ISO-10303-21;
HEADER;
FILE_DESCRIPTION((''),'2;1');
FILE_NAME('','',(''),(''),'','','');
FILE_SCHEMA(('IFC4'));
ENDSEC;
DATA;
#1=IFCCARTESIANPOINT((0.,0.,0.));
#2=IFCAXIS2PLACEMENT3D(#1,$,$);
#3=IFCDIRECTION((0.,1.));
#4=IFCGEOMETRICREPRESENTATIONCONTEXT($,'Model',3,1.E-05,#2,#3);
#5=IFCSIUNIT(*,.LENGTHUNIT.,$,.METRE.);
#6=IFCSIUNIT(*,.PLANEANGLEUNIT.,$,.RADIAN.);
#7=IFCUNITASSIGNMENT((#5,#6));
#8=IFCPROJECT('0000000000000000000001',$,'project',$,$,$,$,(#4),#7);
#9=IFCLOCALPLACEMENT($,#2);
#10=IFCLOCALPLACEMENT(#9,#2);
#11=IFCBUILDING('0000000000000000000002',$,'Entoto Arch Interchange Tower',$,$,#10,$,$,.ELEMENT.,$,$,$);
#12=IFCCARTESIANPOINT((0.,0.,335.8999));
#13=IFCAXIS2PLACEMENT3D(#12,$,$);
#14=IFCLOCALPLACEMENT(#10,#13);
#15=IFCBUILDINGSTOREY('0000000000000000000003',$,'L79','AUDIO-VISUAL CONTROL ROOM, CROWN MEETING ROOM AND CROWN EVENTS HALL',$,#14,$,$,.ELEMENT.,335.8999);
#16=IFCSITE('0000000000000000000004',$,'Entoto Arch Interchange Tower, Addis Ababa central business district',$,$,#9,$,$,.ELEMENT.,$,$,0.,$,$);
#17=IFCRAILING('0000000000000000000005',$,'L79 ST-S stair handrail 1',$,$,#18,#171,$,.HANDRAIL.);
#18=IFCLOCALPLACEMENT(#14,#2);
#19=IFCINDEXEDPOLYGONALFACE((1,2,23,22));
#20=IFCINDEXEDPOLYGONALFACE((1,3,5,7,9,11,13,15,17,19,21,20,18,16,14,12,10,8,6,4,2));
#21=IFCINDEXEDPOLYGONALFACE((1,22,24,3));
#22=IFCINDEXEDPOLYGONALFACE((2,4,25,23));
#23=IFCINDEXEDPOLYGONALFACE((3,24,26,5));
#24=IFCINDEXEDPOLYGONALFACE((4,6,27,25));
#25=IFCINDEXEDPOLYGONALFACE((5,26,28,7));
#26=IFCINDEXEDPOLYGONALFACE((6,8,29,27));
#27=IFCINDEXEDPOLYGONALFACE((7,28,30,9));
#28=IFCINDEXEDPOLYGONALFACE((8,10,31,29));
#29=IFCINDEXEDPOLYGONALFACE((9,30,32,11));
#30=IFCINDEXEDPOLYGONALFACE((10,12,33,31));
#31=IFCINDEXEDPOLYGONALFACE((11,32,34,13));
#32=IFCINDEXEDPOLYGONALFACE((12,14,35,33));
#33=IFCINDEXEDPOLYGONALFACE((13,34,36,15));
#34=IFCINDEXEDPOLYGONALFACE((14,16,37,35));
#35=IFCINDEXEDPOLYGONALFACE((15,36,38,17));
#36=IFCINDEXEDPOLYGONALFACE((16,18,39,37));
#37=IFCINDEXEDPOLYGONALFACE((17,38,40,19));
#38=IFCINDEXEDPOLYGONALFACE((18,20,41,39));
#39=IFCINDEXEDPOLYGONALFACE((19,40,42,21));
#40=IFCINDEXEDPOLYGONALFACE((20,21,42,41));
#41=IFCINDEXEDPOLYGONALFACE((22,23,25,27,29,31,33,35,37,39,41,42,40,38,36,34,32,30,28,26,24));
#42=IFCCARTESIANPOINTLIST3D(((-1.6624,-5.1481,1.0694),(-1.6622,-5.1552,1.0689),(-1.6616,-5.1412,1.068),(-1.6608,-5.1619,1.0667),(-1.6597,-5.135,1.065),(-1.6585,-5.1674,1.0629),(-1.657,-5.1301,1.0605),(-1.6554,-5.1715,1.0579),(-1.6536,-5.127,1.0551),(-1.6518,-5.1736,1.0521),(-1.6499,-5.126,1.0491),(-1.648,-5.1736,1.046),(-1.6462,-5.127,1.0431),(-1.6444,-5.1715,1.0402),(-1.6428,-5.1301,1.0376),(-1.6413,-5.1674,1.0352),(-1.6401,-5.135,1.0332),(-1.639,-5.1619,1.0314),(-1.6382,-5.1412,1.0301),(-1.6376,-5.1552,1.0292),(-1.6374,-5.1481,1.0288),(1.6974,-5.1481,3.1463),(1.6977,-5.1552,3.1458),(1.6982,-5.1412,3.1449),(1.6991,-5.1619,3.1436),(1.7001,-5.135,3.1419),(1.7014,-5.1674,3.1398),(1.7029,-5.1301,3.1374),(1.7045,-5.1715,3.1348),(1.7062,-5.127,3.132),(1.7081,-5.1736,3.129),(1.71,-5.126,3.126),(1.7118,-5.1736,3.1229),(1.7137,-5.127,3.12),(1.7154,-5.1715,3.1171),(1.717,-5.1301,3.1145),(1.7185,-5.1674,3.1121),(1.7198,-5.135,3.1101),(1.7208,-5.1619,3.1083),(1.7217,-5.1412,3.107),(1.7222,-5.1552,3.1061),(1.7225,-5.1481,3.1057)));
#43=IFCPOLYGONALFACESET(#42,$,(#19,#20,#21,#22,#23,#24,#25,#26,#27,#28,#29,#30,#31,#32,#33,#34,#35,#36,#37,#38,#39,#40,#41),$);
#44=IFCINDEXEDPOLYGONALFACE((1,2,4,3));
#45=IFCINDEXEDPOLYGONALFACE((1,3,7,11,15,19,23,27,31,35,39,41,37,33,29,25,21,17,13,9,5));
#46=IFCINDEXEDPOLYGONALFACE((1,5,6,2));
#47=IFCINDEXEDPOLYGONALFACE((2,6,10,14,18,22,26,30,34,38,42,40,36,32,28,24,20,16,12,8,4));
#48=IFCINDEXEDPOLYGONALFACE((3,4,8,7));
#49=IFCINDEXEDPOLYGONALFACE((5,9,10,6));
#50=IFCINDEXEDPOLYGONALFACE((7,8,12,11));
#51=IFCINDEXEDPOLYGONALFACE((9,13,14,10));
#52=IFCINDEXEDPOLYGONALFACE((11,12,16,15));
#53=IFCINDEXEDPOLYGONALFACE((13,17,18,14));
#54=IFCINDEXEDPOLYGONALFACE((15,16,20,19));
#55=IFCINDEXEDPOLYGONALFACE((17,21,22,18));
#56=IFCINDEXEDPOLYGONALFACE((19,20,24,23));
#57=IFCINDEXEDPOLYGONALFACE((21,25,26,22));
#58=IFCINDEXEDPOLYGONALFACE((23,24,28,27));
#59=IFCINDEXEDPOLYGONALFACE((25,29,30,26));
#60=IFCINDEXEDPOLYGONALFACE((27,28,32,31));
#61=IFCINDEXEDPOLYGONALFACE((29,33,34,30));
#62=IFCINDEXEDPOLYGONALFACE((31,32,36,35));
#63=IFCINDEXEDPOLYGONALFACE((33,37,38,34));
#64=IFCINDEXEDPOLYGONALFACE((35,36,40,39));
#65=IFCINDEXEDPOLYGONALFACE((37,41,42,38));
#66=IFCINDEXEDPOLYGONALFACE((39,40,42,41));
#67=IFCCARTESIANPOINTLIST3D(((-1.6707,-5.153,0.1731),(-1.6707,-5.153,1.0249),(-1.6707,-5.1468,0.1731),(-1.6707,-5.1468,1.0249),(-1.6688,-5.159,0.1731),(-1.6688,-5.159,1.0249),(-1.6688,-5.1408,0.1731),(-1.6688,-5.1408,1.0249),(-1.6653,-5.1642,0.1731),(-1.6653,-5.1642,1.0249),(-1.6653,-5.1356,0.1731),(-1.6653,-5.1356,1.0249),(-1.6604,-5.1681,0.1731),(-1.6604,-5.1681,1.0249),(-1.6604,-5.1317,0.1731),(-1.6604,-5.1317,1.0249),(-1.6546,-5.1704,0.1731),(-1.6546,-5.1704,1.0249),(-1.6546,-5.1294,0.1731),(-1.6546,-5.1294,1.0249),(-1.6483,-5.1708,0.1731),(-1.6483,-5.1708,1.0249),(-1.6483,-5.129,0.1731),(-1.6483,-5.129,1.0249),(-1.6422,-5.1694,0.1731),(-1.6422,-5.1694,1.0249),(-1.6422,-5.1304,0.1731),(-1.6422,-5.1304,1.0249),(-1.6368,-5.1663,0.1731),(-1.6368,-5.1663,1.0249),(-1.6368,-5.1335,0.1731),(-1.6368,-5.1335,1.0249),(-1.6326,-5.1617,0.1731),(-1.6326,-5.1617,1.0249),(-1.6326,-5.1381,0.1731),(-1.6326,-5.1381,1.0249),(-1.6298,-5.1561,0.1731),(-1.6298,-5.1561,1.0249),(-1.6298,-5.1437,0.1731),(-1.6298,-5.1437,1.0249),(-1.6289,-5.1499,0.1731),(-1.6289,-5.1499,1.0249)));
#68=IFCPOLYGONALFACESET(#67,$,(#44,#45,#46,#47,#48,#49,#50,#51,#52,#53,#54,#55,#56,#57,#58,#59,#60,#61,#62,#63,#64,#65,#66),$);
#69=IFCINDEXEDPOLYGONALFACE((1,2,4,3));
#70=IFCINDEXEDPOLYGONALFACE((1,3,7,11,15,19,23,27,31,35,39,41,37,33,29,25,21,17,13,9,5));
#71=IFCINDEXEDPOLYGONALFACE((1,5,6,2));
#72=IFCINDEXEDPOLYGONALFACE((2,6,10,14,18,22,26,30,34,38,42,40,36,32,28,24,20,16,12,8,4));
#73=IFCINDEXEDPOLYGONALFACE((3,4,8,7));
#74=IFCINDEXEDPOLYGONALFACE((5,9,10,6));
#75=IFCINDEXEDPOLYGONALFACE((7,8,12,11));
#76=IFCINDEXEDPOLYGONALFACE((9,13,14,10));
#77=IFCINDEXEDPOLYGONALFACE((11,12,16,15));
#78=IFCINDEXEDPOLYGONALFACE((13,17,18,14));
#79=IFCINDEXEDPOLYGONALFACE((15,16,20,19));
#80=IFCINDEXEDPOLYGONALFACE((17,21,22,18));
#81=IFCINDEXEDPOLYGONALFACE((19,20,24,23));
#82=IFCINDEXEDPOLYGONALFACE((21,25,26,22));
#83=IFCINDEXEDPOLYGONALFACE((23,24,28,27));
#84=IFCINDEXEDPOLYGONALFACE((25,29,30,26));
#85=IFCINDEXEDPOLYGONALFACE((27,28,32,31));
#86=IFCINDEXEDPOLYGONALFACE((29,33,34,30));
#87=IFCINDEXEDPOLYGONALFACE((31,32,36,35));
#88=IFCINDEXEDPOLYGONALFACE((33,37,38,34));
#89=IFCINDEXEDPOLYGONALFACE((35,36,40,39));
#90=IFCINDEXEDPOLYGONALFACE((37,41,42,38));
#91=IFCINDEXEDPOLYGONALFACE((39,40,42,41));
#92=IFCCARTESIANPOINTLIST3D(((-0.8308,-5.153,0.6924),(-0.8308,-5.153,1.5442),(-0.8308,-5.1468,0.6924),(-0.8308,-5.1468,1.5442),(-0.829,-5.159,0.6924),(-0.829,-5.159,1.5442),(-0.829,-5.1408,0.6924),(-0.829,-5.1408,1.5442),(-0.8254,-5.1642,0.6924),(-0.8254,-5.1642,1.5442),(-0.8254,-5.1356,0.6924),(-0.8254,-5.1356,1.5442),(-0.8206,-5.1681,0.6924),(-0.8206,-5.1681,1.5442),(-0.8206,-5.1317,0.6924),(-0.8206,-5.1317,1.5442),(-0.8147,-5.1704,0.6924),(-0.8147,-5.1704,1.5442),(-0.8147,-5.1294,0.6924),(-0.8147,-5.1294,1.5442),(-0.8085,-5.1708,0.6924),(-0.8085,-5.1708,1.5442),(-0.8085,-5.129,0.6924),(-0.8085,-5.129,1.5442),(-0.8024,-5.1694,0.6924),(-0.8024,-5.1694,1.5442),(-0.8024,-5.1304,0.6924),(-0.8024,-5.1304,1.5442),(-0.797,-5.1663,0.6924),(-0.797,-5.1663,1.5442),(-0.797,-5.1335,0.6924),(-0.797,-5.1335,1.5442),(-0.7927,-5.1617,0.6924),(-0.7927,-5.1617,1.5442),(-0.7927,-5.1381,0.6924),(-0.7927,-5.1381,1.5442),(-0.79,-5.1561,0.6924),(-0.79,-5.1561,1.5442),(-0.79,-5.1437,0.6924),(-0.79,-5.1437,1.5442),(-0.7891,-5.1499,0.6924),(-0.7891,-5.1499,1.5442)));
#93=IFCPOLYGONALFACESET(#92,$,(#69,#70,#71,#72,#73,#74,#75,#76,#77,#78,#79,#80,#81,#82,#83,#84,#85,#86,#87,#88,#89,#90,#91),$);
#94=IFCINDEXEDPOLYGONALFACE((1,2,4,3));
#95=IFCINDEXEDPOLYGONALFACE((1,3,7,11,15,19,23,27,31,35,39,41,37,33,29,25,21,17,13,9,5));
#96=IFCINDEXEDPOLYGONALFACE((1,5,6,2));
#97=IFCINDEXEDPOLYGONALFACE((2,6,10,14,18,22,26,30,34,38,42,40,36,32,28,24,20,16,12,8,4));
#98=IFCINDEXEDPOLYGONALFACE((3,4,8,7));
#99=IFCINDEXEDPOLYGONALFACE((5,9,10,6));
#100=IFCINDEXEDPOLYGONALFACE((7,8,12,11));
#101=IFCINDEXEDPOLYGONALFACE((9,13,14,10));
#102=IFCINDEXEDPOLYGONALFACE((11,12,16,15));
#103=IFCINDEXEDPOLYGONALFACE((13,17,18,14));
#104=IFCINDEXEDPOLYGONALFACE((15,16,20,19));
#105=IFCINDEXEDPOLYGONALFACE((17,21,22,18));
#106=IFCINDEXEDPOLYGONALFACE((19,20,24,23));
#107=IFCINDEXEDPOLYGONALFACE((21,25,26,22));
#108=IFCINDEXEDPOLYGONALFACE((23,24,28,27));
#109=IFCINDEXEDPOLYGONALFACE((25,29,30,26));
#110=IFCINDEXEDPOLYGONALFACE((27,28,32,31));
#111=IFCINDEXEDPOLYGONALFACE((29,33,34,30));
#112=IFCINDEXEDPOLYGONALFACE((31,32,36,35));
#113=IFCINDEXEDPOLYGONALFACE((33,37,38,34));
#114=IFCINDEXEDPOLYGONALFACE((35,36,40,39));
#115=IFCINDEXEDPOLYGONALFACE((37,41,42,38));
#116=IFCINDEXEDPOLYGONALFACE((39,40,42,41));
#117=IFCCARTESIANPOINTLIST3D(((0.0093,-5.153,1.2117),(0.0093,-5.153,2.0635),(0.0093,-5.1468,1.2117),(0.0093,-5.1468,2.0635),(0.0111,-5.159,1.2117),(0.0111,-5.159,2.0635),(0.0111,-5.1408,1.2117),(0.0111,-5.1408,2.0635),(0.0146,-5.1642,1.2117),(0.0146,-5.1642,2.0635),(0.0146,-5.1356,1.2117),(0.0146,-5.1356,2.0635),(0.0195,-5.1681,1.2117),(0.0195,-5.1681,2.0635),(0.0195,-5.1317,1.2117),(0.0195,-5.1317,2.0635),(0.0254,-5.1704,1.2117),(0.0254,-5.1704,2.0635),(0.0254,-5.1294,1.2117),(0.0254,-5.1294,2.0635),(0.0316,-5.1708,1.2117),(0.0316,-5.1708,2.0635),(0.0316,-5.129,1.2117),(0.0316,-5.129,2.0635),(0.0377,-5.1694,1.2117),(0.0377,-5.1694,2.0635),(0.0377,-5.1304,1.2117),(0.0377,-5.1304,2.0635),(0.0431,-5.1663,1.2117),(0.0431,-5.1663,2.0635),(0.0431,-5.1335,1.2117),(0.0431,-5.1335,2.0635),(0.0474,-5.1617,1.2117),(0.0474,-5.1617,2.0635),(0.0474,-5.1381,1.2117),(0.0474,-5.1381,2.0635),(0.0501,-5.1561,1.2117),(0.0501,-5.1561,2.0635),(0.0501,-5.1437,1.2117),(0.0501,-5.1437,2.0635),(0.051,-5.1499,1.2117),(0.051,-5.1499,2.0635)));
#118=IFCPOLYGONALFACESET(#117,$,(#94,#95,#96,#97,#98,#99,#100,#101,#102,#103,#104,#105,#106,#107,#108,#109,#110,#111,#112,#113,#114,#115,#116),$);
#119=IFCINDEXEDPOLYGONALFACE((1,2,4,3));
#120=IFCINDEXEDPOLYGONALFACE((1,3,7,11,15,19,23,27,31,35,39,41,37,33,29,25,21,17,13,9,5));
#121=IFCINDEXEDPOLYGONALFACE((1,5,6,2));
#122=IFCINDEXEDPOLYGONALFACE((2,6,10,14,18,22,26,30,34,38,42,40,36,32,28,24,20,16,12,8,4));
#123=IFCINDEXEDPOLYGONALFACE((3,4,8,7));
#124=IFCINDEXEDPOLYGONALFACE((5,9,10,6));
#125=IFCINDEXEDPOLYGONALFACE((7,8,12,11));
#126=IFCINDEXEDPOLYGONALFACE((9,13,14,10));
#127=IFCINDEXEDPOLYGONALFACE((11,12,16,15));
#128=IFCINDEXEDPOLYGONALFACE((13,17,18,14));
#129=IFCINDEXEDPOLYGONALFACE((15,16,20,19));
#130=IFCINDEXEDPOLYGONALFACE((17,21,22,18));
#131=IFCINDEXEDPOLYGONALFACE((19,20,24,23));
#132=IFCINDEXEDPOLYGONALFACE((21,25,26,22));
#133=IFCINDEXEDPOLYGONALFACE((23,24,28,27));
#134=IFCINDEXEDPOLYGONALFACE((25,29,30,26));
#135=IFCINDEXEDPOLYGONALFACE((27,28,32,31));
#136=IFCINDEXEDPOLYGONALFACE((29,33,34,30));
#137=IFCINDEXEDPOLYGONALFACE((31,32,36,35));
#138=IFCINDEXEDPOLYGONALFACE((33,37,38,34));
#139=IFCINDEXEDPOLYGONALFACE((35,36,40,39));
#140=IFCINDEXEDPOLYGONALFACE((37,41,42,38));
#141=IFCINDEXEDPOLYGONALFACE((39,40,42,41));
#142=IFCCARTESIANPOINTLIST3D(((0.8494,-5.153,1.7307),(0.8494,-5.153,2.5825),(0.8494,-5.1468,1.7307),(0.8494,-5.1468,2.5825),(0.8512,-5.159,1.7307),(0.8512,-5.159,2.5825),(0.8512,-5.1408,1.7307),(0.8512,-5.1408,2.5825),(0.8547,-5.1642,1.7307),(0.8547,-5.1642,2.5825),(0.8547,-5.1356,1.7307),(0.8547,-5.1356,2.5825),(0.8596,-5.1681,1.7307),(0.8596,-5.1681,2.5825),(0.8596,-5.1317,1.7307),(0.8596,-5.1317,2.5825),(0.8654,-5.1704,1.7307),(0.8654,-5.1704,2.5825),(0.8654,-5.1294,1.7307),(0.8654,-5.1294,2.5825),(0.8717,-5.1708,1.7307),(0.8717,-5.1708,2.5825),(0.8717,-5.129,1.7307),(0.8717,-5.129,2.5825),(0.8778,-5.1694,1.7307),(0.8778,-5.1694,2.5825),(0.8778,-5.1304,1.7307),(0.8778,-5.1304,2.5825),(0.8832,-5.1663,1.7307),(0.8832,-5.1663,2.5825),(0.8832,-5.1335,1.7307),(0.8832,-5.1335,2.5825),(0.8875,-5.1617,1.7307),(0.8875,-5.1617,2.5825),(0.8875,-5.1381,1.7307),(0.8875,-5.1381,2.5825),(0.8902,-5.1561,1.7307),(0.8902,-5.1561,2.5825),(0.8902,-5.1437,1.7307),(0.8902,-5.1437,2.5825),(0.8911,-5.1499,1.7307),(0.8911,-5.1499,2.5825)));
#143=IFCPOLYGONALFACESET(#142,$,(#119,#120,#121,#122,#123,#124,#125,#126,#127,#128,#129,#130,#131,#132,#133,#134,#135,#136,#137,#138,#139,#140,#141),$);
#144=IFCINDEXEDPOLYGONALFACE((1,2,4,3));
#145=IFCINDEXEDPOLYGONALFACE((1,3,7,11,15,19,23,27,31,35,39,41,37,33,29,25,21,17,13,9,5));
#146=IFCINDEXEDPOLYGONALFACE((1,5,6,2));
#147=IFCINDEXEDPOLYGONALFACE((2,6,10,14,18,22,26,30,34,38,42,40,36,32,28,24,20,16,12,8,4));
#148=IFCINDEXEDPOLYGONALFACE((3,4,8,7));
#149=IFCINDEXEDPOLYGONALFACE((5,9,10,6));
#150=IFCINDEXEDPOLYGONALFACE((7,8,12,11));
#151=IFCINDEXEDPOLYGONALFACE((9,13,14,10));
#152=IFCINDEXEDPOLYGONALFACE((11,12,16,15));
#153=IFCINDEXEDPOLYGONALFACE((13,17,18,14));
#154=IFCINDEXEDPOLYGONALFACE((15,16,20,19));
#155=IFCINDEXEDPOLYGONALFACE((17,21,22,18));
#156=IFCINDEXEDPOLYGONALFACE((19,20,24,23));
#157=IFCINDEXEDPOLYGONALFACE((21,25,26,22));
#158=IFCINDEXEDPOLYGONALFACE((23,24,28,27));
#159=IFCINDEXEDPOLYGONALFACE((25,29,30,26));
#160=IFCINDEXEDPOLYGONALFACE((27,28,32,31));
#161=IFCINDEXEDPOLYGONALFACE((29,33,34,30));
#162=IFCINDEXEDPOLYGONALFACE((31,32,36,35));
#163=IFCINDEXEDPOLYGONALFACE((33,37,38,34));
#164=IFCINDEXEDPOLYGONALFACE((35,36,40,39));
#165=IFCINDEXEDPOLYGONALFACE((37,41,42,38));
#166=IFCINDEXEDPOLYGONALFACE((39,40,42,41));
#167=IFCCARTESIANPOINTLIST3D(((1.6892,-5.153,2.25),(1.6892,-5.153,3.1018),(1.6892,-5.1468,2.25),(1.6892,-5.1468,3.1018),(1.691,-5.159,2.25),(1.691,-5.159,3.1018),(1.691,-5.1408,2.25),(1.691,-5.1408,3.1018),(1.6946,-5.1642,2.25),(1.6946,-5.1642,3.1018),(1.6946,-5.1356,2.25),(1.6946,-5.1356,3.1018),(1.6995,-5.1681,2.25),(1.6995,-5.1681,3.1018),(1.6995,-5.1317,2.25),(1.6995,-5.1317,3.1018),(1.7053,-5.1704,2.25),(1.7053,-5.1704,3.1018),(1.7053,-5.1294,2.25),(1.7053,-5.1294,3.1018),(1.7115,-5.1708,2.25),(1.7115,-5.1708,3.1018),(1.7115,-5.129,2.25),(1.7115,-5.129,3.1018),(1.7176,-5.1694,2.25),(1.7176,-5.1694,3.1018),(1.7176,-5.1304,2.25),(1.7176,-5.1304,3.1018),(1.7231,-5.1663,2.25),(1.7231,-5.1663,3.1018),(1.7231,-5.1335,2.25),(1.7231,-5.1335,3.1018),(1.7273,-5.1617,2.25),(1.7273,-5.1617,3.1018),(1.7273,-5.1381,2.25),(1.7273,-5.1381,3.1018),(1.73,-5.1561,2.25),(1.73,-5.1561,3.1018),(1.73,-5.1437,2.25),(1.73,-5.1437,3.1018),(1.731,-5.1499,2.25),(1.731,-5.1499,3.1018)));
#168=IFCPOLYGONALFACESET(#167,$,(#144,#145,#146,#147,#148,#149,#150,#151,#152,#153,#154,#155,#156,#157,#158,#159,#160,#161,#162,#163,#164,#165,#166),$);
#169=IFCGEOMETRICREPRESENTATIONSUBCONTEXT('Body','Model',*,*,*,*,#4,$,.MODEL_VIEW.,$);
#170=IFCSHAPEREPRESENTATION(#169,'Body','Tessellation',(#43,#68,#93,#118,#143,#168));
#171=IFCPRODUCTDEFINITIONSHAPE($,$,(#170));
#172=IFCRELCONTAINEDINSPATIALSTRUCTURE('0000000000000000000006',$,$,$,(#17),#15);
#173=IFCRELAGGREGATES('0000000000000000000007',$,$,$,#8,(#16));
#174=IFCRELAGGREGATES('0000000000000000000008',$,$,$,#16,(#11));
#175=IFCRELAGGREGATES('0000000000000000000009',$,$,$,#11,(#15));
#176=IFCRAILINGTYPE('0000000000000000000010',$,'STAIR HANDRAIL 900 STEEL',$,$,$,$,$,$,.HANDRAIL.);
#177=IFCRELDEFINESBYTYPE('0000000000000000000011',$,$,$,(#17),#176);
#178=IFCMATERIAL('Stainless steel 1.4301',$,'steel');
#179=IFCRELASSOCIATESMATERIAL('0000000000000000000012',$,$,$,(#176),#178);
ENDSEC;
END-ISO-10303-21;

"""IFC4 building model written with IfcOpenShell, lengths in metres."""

from ifc_helpers import new_model, si_unit, direction, frame, origin, origin_2d, place, context, subcontext, project, spatial, circle, extrude, material, type_object, element, save


model = new_model("IFC4")

# Units and contexts
model_context = context("Model", 3, precision=1e-05, world=origin(), true_north=direction((0.0, 1.0)))
body_context = subcontext(model_context, "Body", "Model", "MODEL_VIEW")
ifc_project = project(units=[si_unit("LENGTHUNIT", "METRE"), si_unit("PLANEANGLEUNIT", "RADIAN")], contexts=[model_context])

# Site, building, storey
site_placement = place(None, origin())
site = spatial("IfcSite", under=ifc_project, at=site_placement, Name="Entoto Arch Interchange Tower, Addis Ababa central business district", CompositionType="ELEMENT", RefElevation=0.0)
building_placement = place(site_placement, origin())
building = spatial("IfcBuilding", under=site, at=building_placement, Name="Entoto Arch Interchange Tower", CompositionType="ELEMENT")
storey_placement = place(building_placement, frame((0.0, 0.0, 335.8999)))
storey = spatial("IfcBuildingStorey", under=building, at=storey_placement, Name="L79", Description="AUDIO-VISUAL CONTROL ROOM, CROWN MEETING ROOM AND CROWN EVENTS HALL", CompositionType="ELEMENT", Elevation=335.8999)

# Railing
ifc_material_1 = material(Name="Stainless steel 1.4301", Category="steel")
railing_type_1 = type_object("IfcRailingType", Name="STAIR HANDRAIL 900 STEEL", PredefinedType="HANDRAIL", material=ifc_material_1)
railing_1_placement = place(storey_placement, frame((-1.6499, -5.1499, 0.1731)))
element("IfcRailing", 1, at=railing_1_placement, inside=storey, type_object=railing_type_1, Name="L79 ST-S stair handrail 1", PredefinedType="HANDRAIL", context=body_context, shape_type="SweptSolid", body=[
    extrude(circle(Radius=0.0239, at=origin_2d()), frame((0.0, 0.0, 0.876), z_axis=(0.850606, 0.0, 0.525803), x_axis=(0.0, 1.0, 0.0)), (0.0, 0.0, 1.0), 3.95),
    extrude(circle(Radius=0.021, at=origin_2d()), origin(), (0.0, 0.0, 1.0), 0.8518),
    extrude(circle(Radius=0.021, at=origin_2d()), frame((0.8398, 0.0, 0.5193)), (0.0, 0.0, 1.0), 0.8518),
    extrude(circle(Radius=0.021, at=origin_2d()), frame((1.6799, 0.0, 1.0386)), (0.0, 0.0, 1.0), 0.8518),
    extrude(circle(Radius=0.021, at=origin_2d()), frame((2.52, 0.0, 1.5576)), (0.0, 0.0, 1.0), 0.8518),
    extrude(circle(Radius=0.021, at=origin_2d()), frame((3.3599, 0.0, 2.0769)), (0.0, 0.0, 1.0), 0.8518),
])

save(model, "model.ifc")
